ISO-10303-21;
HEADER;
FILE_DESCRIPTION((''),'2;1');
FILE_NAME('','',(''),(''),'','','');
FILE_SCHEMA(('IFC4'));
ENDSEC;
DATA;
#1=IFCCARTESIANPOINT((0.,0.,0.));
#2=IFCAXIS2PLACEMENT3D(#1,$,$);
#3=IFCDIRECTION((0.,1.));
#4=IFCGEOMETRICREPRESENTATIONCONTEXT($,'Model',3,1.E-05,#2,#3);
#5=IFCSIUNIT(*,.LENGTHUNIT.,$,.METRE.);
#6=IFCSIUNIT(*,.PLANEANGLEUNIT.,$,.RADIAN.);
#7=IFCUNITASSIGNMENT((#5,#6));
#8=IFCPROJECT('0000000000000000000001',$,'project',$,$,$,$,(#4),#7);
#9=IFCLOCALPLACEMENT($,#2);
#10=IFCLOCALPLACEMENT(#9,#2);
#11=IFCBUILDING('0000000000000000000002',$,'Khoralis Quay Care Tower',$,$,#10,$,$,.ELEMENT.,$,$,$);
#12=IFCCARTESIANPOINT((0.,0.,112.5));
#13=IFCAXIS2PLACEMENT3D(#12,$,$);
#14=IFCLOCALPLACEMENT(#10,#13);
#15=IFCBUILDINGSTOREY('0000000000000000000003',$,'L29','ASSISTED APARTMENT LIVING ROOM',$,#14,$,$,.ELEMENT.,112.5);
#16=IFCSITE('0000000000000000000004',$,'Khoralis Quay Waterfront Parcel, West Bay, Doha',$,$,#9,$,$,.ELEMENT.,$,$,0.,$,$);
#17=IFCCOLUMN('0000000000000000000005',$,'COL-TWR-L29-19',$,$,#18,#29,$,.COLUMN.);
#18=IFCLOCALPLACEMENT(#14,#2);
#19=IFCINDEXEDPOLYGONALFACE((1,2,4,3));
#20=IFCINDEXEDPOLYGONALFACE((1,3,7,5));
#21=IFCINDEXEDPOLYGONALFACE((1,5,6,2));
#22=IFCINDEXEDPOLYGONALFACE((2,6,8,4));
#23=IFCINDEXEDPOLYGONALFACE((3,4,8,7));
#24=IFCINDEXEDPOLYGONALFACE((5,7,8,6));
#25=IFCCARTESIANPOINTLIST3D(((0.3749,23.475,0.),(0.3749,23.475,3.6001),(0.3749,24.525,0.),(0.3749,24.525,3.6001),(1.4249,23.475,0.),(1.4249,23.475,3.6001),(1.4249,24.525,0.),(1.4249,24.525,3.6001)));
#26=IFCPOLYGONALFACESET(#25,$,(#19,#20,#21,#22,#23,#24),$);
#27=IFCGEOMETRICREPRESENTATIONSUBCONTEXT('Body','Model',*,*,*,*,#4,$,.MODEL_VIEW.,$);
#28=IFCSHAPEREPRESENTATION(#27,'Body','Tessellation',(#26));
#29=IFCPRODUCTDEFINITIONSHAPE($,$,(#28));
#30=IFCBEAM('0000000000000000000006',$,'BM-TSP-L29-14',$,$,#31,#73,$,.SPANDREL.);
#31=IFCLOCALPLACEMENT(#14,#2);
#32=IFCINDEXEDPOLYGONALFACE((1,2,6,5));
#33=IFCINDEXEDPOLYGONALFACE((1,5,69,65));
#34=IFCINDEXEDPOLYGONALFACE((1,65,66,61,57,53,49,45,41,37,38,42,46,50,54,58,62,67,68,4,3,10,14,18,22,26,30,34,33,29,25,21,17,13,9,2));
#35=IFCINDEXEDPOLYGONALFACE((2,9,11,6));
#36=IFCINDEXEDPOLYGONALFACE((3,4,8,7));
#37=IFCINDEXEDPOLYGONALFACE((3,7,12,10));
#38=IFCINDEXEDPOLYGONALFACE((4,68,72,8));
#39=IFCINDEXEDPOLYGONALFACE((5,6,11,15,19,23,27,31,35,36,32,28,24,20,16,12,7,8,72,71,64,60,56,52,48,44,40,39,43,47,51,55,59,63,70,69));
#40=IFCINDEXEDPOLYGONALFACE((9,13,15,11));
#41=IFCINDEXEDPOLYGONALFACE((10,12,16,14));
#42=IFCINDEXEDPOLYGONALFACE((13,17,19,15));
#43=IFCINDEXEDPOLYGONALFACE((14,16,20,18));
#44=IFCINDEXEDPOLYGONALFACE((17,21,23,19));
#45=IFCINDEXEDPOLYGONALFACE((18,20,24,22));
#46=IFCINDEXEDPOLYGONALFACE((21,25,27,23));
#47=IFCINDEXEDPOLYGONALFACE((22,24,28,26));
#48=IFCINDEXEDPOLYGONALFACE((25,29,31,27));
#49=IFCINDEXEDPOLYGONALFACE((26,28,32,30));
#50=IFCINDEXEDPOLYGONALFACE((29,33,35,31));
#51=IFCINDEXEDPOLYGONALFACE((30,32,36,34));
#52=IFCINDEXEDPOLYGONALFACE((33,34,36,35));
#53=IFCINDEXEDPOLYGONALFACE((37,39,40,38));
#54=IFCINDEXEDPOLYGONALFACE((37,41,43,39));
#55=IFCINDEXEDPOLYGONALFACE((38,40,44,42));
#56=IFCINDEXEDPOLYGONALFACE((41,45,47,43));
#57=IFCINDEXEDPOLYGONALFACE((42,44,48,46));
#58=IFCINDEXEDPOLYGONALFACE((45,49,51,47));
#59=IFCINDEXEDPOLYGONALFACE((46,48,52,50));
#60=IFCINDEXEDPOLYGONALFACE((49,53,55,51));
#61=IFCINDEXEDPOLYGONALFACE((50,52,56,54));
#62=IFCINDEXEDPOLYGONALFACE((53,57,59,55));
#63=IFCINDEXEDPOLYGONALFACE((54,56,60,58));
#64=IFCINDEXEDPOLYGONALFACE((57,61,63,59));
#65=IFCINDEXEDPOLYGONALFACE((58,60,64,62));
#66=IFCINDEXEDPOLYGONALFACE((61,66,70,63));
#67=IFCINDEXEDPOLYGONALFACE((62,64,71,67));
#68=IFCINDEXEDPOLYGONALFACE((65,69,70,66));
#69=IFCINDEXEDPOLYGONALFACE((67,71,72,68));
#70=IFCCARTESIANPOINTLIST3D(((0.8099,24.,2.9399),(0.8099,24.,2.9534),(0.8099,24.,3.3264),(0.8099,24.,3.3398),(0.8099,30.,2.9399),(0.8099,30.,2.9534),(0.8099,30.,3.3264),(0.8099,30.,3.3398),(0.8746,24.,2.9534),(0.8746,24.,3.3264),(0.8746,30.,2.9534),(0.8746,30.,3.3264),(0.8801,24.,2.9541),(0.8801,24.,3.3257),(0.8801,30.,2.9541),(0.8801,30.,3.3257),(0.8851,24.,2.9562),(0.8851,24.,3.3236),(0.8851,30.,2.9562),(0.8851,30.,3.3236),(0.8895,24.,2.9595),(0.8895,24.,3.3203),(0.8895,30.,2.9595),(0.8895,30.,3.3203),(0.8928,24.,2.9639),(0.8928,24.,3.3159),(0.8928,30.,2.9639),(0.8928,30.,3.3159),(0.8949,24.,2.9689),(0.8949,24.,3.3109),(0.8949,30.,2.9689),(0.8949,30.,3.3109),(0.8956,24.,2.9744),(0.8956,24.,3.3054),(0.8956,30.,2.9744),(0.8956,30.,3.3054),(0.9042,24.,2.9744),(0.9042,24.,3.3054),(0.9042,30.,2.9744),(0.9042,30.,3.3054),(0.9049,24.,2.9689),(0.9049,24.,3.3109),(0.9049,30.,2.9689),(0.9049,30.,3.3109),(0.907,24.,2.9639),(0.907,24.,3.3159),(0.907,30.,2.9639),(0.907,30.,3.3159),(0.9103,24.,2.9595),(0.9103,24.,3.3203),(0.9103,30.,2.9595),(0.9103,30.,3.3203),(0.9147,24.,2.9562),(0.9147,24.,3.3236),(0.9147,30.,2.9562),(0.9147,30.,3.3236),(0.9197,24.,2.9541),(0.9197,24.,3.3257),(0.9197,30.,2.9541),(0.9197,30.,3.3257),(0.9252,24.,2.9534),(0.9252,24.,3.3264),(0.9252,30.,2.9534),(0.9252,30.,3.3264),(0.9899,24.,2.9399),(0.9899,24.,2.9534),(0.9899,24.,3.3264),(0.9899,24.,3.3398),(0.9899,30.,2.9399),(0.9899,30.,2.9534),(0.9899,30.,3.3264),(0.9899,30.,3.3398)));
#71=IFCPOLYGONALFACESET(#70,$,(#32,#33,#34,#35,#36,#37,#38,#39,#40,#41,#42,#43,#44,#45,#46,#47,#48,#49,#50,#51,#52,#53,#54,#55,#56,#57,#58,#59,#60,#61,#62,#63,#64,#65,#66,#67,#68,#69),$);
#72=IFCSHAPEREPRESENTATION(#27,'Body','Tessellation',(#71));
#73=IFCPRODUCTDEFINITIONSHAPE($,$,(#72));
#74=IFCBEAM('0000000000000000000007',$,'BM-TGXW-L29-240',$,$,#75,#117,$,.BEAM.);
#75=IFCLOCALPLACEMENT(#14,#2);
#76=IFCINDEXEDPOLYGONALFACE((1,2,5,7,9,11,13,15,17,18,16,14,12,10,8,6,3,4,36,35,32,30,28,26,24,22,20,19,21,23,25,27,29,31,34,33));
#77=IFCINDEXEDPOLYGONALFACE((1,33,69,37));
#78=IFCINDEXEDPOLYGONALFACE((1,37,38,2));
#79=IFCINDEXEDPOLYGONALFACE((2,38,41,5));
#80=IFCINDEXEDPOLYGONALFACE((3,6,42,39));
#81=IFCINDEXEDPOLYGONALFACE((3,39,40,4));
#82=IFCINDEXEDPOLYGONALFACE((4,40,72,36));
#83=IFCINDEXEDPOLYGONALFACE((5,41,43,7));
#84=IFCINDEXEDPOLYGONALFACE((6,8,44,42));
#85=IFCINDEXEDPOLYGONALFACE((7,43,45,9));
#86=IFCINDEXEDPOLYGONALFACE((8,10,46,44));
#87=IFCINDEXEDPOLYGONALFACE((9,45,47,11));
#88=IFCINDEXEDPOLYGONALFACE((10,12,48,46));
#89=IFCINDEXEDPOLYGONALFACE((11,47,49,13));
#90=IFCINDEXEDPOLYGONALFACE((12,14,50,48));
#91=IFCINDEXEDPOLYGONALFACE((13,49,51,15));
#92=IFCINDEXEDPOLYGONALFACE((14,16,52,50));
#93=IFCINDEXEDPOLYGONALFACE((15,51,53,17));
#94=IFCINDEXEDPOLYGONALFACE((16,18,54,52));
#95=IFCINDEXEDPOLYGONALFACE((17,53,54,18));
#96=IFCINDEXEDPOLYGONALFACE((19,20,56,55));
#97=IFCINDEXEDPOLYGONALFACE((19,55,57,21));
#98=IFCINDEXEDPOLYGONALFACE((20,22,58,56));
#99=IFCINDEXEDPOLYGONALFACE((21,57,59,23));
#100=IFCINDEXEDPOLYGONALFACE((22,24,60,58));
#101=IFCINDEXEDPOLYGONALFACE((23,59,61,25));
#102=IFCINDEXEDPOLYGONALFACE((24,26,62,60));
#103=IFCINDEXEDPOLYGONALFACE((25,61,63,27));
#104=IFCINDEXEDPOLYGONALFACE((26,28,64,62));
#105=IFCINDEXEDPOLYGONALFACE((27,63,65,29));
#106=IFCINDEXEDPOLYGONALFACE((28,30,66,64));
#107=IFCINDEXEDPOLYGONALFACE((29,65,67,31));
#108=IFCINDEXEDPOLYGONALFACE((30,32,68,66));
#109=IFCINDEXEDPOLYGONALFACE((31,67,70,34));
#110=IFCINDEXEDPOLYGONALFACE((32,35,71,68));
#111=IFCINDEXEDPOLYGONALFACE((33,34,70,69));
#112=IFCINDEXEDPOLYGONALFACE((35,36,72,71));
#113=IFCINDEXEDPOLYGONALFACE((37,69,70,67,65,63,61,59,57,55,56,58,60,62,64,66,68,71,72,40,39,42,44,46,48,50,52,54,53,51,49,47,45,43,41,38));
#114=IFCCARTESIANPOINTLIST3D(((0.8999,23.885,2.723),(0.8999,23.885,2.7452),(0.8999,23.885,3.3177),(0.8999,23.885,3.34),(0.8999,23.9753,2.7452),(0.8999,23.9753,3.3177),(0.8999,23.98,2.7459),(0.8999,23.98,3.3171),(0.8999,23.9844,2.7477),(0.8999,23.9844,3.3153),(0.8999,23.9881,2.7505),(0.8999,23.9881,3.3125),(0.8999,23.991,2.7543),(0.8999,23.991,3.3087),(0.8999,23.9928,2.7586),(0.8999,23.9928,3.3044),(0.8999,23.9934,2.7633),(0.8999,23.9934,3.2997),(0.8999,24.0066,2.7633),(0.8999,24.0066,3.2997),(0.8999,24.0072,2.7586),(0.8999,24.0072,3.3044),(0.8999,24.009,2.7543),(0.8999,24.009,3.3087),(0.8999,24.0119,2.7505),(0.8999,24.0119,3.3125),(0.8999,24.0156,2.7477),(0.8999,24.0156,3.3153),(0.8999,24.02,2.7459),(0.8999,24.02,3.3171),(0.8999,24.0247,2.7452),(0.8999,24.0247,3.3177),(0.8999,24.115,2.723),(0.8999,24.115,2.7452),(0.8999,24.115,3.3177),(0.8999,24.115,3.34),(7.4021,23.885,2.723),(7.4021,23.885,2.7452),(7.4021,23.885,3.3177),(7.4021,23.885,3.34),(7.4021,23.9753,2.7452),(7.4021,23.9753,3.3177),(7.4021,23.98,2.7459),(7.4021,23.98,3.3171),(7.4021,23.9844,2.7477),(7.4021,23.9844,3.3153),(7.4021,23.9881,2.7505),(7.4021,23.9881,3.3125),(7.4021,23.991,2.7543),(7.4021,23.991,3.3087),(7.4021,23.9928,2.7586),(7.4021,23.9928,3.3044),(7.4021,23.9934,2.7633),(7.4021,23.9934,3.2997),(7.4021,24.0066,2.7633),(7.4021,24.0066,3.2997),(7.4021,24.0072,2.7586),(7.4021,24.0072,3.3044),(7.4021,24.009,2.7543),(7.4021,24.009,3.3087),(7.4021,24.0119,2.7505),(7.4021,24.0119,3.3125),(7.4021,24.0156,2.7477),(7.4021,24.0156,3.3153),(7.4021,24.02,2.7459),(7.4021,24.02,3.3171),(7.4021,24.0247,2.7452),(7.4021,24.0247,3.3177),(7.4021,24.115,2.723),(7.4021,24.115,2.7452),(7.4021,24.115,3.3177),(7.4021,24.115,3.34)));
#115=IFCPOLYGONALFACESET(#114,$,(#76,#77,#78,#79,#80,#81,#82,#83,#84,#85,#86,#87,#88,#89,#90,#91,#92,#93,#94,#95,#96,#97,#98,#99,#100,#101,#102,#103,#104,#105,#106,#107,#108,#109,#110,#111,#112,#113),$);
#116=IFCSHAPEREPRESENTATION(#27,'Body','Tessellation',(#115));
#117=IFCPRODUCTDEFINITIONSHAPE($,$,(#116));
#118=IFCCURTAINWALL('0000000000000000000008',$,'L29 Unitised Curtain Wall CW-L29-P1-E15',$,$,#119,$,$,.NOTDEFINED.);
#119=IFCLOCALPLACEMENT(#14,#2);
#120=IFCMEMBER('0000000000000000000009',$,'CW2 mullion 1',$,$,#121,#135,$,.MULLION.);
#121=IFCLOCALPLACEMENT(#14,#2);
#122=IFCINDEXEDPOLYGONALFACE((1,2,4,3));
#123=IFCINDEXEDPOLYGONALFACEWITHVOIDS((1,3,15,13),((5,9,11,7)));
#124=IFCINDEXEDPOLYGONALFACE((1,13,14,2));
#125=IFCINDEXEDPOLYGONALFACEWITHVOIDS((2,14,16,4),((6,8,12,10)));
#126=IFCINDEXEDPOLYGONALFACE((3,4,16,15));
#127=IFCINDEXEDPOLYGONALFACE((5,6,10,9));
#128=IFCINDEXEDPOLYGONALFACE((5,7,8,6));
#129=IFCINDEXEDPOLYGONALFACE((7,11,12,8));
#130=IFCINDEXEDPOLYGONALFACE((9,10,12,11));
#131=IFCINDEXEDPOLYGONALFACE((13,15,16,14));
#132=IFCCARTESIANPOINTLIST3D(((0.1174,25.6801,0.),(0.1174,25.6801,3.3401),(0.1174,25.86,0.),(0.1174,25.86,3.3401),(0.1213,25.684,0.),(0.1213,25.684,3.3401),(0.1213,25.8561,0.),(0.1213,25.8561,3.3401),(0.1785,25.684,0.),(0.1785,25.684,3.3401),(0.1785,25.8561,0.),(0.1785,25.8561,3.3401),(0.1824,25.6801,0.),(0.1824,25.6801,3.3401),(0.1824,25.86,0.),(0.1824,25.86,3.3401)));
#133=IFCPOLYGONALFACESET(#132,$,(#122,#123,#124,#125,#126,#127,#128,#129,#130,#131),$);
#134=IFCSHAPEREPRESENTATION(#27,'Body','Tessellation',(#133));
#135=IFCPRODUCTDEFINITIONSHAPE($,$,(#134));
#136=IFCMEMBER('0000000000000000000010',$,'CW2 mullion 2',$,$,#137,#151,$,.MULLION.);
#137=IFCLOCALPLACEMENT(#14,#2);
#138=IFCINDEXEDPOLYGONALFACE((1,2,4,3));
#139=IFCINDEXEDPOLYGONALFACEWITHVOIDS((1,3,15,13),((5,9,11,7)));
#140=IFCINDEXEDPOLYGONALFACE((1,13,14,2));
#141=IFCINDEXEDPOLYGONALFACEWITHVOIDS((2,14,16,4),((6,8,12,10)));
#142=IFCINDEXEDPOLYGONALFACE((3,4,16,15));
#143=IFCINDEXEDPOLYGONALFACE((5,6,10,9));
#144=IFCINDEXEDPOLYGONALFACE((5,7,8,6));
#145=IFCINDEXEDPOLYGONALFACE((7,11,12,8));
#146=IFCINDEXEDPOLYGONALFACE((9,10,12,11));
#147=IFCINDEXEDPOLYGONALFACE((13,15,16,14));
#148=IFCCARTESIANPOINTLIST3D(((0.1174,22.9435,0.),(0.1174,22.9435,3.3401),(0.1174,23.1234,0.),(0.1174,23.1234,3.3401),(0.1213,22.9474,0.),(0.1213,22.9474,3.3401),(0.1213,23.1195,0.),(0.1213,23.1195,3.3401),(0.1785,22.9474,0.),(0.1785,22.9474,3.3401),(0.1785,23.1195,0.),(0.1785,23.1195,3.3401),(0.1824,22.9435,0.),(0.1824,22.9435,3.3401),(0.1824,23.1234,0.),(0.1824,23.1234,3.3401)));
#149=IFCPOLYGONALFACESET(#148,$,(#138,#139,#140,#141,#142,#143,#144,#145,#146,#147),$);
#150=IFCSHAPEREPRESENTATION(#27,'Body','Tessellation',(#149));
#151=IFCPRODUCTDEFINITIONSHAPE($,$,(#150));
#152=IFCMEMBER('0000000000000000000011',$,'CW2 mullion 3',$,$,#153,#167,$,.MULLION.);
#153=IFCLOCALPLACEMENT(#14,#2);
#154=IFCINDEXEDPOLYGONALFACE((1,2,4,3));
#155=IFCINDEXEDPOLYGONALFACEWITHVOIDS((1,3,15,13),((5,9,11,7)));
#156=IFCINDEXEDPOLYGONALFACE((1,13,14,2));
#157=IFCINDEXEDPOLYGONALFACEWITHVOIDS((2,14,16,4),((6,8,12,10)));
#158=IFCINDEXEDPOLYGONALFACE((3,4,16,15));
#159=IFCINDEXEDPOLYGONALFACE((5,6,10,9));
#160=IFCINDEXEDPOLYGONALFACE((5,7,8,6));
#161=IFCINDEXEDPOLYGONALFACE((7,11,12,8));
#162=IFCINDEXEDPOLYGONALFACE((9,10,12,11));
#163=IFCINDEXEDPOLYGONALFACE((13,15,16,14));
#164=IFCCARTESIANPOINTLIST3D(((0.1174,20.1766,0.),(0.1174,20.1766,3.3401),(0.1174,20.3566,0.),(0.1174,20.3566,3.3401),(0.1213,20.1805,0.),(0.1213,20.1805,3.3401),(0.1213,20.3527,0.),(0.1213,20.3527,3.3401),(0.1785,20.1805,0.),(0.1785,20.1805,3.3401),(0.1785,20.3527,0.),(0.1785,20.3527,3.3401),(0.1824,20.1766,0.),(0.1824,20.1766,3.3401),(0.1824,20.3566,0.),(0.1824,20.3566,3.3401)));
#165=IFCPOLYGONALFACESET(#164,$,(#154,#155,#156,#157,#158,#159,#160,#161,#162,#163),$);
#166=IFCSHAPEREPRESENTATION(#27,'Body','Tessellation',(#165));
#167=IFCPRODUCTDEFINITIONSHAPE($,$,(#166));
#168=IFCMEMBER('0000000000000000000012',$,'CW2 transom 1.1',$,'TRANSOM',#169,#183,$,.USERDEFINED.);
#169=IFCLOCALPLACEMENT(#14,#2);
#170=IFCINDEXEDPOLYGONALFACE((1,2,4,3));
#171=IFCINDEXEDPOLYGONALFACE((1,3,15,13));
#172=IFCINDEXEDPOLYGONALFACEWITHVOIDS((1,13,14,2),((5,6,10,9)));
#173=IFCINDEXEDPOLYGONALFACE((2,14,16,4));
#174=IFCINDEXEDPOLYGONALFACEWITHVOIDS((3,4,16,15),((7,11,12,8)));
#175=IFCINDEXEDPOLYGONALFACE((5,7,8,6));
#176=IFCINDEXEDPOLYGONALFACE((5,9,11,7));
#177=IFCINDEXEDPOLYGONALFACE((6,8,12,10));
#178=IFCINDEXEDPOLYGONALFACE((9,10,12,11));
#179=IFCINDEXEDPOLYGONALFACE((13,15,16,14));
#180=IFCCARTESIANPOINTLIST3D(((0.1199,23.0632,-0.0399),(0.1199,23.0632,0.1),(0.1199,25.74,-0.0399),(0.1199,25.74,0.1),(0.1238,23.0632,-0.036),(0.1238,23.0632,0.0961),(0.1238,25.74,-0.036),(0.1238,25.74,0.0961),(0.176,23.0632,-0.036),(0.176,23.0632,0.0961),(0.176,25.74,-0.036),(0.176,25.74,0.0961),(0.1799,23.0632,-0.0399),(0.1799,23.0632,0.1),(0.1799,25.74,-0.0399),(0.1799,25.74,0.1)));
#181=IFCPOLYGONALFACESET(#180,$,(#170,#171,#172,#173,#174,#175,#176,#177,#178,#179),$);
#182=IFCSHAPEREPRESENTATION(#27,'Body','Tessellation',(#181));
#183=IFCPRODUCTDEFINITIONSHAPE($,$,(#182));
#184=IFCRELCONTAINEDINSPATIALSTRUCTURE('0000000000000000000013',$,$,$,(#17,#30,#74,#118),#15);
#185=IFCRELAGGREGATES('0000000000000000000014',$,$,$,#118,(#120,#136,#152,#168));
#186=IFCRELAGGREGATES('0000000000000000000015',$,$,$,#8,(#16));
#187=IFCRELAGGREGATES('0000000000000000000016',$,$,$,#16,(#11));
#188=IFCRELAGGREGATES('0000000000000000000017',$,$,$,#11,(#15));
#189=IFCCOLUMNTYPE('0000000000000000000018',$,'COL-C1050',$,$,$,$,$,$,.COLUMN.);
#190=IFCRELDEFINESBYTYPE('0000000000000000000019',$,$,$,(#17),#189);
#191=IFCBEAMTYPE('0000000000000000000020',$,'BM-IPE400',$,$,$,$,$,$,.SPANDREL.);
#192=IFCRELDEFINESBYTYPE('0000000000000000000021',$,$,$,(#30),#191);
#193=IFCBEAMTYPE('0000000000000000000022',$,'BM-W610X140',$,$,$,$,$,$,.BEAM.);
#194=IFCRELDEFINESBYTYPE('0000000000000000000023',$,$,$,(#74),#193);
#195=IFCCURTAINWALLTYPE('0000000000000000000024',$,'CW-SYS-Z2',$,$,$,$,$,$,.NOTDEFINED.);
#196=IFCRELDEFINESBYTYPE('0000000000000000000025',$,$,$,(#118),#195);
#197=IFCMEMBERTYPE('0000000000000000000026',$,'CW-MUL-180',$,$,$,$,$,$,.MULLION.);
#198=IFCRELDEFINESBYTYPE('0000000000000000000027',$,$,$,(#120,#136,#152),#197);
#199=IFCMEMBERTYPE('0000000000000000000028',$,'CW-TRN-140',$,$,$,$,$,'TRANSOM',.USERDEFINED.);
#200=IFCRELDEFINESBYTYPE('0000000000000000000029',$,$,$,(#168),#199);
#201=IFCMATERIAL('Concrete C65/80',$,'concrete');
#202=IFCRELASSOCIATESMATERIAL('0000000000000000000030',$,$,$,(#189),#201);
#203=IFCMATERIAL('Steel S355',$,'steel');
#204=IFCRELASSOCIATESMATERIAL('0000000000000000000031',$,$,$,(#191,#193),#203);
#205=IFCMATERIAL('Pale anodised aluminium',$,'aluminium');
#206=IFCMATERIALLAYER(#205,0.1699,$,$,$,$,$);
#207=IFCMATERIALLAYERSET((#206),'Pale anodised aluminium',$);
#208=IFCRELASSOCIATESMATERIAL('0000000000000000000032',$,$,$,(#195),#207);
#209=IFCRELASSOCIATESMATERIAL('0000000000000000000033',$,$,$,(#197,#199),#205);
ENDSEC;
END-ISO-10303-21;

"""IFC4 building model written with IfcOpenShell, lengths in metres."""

from ifc_helpers import new_model, si_unit, direction, frame, origin, origin_2d, place, context, subcontext, project, spatial, rectangle, hollow_rectangle, i_section, extrude, source, transform, mapped, material, layer, layer_set, material_profile, profile_set, type_object, element, aggregate, save


model = new_model("IFC4")

# Units and contexts
model_context = context("Model", 3, precision=1e-05, world=origin(), true_north=direction((0.0, 1.0)))
body_context = subcontext(model_context, "Body", "Model", "MODEL_VIEW")
ifc_project = project(units=[si_unit("LENGTHUNIT", "METRE"), si_unit("PLANEANGLEUNIT", "RADIAN")], contexts=[model_context])

# Site, building, storey
site_placement = place(None, origin())
site = spatial("IfcSite", under=ifc_project, at=site_placement, Name="Khoralis Quay Waterfront Parcel, West Bay, Doha", CompositionType="ELEMENT", RefElevation=0.0)
building_placement = place(site_placement, origin())
building = spatial("IfcBuilding", under=site, at=building_placement, Name="Khoralis Quay Care Tower", CompositionType="ELEMENT")
storey_placement = place(building_placement, frame((0.0, 0.0, 112.5)))
storey = spatial("IfcBuildingStorey", under=building, at=storey_placement, Name="L29", Description="ASSISTED APARTMENT LIVING ROOM", CompositionType="ELEMENT", Elevation=112.5)

# Column
ifc_material_1 = material(Name="Concrete C65/80", Category="concrete")
ifc_material_profile_1 = material_profile(ifc_material_1, rectangle(XDim=1.05, YDim=1.05, at=origin_2d()), Name="Concrete C65/80")
ifc_profile_set_1 = profile_set([ifc_material_profile_1], Name="Concrete C65/80")
column_type = type_object("IfcColumnType", Name="COL-C1050", PredefinedType="COLUMN", material=ifc_profile_set_1)
shared_shape_1 = source(origin(), body_context, "Body", "SweptSolid", [
    extrude(rectangle(XDim=1.05, YDim=1.05, at=origin_2d()), origin(), (0.0, 0.0, 1.0), 3.6001),
])
column_placement = place(storey_placement, frame((0.8999, 24.0, 0.0), z_axis=(0.0, 0.0, 1.0), x_axis=(1.0, 0.0, 0.0)))
element("IfcColumn", 1, at=column_placement, inside=storey, type_object=column_type, Name="COL-TWR-L29-19", PredefinedType="COLUMN", context=body_context, shape_type="MappedRepresentation", body=[
    mapped(shared_shape_1, transform((0.0, 0.0, 0.0), scale=1.0)),
])

# Beams
ifc_material_2 = material(Name="Steel S355", Category="steel")
ifc_material_profile_2 = material_profile(ifc_material_2, i_section(OverallWidth=0.1799, OverallDepth=0.3999, WebThickness=0.0085, FlangeThickness=0.0134, FilletRadius=0.021, at=origin_2d()), Name="Steel S355")
ifc_profile_set_2 = profile_set([ifc_material_profile_2], Name="Steel S355")
beam_type_1 = type_object("IfcBeamType", Name="BM-IPE400", PredefinedType="SPANDREL", material=ifc_profile_set_2)
shared_shape_2 = source(origin(), body_context, "Body", "SweptSolid", [
    extrude(i_section(OverallWidth=0.1799, OverallDepth=0.3999, WebThickness=0.0085, FlangeThickness=0.0134, FilletRadius=0.021, at=origin_2d()), origin(), (0.0, 0.0, 1.0), 6.0),
])
beam_1_placement = place(storey_placement, frame((0.8999, 24.0, 3.1399), z_axis=(0.0, 1.0, 0.0), x_axis=(-1.0, 0.0, 0.0)))
element("IfcBeam", 2, at=beam_1_placement, inside=storey, type_object=beam_type_1, Name="BM-TSP-L29-14", PredefinedType="SPANDREL", context=body_context, shape_type="MappedRepresentation", body=[
    mapped(shared_shape_2, transform((0.0, 0.0, 0.0), scale=1.0)),
])
ifc_material_profile_3 = material_profile(ifc_material_2, i_section(OverallWidth=0.23, OverallDepth=0.6169, WebThickness=0.0132, FlangeThickness=0.0222, FilletRadius=0.0181, at=origin_2d()), Name="Steel S355")
ifc_profile_set_3 = profile_set([ifc_material_profile_3], Name="Steel S355")
beam_type_2 = type_object("IfcBeamType", Name="BM-W610X140", PredefinedType="BEAM", material=ifc_profile_set_3)
shared_shape_3 = source(origin(), body_context, "Body", "SweptSolid", [
    extrude(i_section(OverallWidth=0.23, OverallDepth=0.6169, WebThickness=0.0132, FlangeThickness=0.0222, FilletRadius=0.0181, at=origin_2d()), origin(), (0.0, 0.0, 1.0), 6.5022),
])
beam_2_placement = place(storey_placement, frame((0.8999, 24.0, 3.0315), z_axis=(1.0, 0.0, 0.0), x_axis=(0.0, 1.0, 0.0)))
element("IfcBeam", 3, at=beam_2_placement, inside=storey, type_object=beam_type_2, Name="BM-TGXW-L29-240", PredefinedType="BEAM", context=body_context, shape_type="MappedRepresentation", body=[
    mapped(shared_shape_3, transform((0.0, 0.0, 0.0), scale=1.0)),
])

# Curtain wall, members
ifc_material_3 = material(Name="Pale anodised aluminium", Category="aluminium")
ifc_layer_1 = layer(ifc_material_3, 0.1699)
ifc_layer_set_1 = layer_set([ifc_layer_1], Name="Pale anodised aluminium")
curtain_wall_type = type_object("IfcCurtainWallType", Name="CW-SYS-Z2", PredefinedType="NOTDEFINED", material=ifc_layer_set_1)
curtain_wall_placement = place(storey_placement, origin())
curtain_wall = element("IfcCurtainWall", 4, at=curtain_wall_placement, inside=storey, type_object=curtain_wall_type, Name="L29 Unitised Curtain Wall CW-L29-P1-E15", PredefinedType="NOTDEFINED")
ifc_material_profile_4 = material_profile(ifc_material_3, hollow_rectangle(XDim=0.0649, YDim=0.1799, WallThickness=0.0039, at=origin_2d()), Name="Pale anodised aluminium")
ifc_profile_set_4 = profile_set([ifc_material_profile_4], Name="Pale anodised aluminium")
member_type_1 = type_object("IfcMemberType", Name="CW-MUL-180", PredefinedType="MULLION", material=ifc_profile_set_4)
shared_shape_4 = source(origin(), body_context, "Body", "SweptSolid", [
    extrude(hollow_rectangle(XDim=0.0649, YDim=0.1799, WallThickness=0.0039, at=origin_2d()), origin(), (0.0, 0.0, 1.0), 3.3401),
])
member_1_placement = place(storey_placement, frame((0.1499, 25.77, 0.0), z_axis=(0.0, 0.0, 1.0), x_axis=(1.0, 0.0, 0.0)))
member_1 = element("IfcMember", 5, at=member_1_placement, type_object=member_type_1, Name="CW2 mullion 1", PredefinedType="MULLION", context=body_context, shape_type="MappedRepresentation", body=[
    mapped(shared_shape_4, transform((0.0, 0.0, 0.0), scale=1.0)),
])
member_2_placement = place(storey_placement, frame((0.1499, 23.0334, 0.0), z_axis=(0.0, 0.0, 1.0), x_axis=(1.0, 0.0, 0.0)))
member_2 = element("IfcMember", 6, at=member_2_placement, type_object=member_type_1, Name="CW2 mullion 2", PredefinedType="MULLION", context=body_context, shape_type="MappedRepresentation", body=[
    mapped(shared_shape_4, transform((0.0, 0.0, 0.0), scale=1.0)),
])
member_3_placement = place(storey_placement, frame((0.1499, 20.2666, 0.0), z_axis=(0.0, 0.0, 1.0), x_axis=(1.0, 0.0, 0.0)))
member_3 = element("IfcMember", 7, at=member_3_placement, type_object=member_type_1, Name="CW2 mullion 3", PredefinedType="MULLION", context=body_context, shape_type="MappedRepresentation", body=[
    mapped(shared_shape_4, transform((0.0, 0.0, 0.0), scale=1.0)),
])
ifc_material_profile_5 = material_profile(ifc_material_3, hollow_rectangle(XDim=0.0601, YDim=0.1399, WallThickness=0.0039, at=origin_2d()), Name="Pale anodised aluminium")
ifc_profile_set_5 = profile_set([ifc_material_profile_5], Name="Pale anodised aluminium")
member_type_2 = type_object("IfcMemberType", Name="CW-TRN-140", ElementType="TRANSOM", PredefinedType="USERDEFINED", material=ifc_profile_set_5)
shared_shape_5 = source(origin(), body_context, "Body", "SweptSolid", [
    extrude(hollow_rectangle(XDim=0.0601, YDim=0.1399, WallThickness=0.0039, at=origin_2d()), origin(), (0.0, 0.0, 1.0), 2.6768),
])
member_4_placement = place(storey_placement, frame((0.1499, 25.74, 0.03), z_axis=(0.0, -1.0, 0.0), x_axis=(1.0, 0.0, 0.0)))
member_4 = element("IfcMember", 8, at=member_4_placement, type_object=member_type_2, Name="CW2 transom 1.1", ObjectType="TRANSOM", PredefinedType="USERDEFINED", context=body_context, shape_type="MappedRepresentation", body=[
    mapped(shared_shape_5, transform((0.0, 0.0, 0.0), scale=1.0)),
])
aggregate(curtain_wall, [member_1, member_2, member_3, member_4])

save(model, "model.ifc")
